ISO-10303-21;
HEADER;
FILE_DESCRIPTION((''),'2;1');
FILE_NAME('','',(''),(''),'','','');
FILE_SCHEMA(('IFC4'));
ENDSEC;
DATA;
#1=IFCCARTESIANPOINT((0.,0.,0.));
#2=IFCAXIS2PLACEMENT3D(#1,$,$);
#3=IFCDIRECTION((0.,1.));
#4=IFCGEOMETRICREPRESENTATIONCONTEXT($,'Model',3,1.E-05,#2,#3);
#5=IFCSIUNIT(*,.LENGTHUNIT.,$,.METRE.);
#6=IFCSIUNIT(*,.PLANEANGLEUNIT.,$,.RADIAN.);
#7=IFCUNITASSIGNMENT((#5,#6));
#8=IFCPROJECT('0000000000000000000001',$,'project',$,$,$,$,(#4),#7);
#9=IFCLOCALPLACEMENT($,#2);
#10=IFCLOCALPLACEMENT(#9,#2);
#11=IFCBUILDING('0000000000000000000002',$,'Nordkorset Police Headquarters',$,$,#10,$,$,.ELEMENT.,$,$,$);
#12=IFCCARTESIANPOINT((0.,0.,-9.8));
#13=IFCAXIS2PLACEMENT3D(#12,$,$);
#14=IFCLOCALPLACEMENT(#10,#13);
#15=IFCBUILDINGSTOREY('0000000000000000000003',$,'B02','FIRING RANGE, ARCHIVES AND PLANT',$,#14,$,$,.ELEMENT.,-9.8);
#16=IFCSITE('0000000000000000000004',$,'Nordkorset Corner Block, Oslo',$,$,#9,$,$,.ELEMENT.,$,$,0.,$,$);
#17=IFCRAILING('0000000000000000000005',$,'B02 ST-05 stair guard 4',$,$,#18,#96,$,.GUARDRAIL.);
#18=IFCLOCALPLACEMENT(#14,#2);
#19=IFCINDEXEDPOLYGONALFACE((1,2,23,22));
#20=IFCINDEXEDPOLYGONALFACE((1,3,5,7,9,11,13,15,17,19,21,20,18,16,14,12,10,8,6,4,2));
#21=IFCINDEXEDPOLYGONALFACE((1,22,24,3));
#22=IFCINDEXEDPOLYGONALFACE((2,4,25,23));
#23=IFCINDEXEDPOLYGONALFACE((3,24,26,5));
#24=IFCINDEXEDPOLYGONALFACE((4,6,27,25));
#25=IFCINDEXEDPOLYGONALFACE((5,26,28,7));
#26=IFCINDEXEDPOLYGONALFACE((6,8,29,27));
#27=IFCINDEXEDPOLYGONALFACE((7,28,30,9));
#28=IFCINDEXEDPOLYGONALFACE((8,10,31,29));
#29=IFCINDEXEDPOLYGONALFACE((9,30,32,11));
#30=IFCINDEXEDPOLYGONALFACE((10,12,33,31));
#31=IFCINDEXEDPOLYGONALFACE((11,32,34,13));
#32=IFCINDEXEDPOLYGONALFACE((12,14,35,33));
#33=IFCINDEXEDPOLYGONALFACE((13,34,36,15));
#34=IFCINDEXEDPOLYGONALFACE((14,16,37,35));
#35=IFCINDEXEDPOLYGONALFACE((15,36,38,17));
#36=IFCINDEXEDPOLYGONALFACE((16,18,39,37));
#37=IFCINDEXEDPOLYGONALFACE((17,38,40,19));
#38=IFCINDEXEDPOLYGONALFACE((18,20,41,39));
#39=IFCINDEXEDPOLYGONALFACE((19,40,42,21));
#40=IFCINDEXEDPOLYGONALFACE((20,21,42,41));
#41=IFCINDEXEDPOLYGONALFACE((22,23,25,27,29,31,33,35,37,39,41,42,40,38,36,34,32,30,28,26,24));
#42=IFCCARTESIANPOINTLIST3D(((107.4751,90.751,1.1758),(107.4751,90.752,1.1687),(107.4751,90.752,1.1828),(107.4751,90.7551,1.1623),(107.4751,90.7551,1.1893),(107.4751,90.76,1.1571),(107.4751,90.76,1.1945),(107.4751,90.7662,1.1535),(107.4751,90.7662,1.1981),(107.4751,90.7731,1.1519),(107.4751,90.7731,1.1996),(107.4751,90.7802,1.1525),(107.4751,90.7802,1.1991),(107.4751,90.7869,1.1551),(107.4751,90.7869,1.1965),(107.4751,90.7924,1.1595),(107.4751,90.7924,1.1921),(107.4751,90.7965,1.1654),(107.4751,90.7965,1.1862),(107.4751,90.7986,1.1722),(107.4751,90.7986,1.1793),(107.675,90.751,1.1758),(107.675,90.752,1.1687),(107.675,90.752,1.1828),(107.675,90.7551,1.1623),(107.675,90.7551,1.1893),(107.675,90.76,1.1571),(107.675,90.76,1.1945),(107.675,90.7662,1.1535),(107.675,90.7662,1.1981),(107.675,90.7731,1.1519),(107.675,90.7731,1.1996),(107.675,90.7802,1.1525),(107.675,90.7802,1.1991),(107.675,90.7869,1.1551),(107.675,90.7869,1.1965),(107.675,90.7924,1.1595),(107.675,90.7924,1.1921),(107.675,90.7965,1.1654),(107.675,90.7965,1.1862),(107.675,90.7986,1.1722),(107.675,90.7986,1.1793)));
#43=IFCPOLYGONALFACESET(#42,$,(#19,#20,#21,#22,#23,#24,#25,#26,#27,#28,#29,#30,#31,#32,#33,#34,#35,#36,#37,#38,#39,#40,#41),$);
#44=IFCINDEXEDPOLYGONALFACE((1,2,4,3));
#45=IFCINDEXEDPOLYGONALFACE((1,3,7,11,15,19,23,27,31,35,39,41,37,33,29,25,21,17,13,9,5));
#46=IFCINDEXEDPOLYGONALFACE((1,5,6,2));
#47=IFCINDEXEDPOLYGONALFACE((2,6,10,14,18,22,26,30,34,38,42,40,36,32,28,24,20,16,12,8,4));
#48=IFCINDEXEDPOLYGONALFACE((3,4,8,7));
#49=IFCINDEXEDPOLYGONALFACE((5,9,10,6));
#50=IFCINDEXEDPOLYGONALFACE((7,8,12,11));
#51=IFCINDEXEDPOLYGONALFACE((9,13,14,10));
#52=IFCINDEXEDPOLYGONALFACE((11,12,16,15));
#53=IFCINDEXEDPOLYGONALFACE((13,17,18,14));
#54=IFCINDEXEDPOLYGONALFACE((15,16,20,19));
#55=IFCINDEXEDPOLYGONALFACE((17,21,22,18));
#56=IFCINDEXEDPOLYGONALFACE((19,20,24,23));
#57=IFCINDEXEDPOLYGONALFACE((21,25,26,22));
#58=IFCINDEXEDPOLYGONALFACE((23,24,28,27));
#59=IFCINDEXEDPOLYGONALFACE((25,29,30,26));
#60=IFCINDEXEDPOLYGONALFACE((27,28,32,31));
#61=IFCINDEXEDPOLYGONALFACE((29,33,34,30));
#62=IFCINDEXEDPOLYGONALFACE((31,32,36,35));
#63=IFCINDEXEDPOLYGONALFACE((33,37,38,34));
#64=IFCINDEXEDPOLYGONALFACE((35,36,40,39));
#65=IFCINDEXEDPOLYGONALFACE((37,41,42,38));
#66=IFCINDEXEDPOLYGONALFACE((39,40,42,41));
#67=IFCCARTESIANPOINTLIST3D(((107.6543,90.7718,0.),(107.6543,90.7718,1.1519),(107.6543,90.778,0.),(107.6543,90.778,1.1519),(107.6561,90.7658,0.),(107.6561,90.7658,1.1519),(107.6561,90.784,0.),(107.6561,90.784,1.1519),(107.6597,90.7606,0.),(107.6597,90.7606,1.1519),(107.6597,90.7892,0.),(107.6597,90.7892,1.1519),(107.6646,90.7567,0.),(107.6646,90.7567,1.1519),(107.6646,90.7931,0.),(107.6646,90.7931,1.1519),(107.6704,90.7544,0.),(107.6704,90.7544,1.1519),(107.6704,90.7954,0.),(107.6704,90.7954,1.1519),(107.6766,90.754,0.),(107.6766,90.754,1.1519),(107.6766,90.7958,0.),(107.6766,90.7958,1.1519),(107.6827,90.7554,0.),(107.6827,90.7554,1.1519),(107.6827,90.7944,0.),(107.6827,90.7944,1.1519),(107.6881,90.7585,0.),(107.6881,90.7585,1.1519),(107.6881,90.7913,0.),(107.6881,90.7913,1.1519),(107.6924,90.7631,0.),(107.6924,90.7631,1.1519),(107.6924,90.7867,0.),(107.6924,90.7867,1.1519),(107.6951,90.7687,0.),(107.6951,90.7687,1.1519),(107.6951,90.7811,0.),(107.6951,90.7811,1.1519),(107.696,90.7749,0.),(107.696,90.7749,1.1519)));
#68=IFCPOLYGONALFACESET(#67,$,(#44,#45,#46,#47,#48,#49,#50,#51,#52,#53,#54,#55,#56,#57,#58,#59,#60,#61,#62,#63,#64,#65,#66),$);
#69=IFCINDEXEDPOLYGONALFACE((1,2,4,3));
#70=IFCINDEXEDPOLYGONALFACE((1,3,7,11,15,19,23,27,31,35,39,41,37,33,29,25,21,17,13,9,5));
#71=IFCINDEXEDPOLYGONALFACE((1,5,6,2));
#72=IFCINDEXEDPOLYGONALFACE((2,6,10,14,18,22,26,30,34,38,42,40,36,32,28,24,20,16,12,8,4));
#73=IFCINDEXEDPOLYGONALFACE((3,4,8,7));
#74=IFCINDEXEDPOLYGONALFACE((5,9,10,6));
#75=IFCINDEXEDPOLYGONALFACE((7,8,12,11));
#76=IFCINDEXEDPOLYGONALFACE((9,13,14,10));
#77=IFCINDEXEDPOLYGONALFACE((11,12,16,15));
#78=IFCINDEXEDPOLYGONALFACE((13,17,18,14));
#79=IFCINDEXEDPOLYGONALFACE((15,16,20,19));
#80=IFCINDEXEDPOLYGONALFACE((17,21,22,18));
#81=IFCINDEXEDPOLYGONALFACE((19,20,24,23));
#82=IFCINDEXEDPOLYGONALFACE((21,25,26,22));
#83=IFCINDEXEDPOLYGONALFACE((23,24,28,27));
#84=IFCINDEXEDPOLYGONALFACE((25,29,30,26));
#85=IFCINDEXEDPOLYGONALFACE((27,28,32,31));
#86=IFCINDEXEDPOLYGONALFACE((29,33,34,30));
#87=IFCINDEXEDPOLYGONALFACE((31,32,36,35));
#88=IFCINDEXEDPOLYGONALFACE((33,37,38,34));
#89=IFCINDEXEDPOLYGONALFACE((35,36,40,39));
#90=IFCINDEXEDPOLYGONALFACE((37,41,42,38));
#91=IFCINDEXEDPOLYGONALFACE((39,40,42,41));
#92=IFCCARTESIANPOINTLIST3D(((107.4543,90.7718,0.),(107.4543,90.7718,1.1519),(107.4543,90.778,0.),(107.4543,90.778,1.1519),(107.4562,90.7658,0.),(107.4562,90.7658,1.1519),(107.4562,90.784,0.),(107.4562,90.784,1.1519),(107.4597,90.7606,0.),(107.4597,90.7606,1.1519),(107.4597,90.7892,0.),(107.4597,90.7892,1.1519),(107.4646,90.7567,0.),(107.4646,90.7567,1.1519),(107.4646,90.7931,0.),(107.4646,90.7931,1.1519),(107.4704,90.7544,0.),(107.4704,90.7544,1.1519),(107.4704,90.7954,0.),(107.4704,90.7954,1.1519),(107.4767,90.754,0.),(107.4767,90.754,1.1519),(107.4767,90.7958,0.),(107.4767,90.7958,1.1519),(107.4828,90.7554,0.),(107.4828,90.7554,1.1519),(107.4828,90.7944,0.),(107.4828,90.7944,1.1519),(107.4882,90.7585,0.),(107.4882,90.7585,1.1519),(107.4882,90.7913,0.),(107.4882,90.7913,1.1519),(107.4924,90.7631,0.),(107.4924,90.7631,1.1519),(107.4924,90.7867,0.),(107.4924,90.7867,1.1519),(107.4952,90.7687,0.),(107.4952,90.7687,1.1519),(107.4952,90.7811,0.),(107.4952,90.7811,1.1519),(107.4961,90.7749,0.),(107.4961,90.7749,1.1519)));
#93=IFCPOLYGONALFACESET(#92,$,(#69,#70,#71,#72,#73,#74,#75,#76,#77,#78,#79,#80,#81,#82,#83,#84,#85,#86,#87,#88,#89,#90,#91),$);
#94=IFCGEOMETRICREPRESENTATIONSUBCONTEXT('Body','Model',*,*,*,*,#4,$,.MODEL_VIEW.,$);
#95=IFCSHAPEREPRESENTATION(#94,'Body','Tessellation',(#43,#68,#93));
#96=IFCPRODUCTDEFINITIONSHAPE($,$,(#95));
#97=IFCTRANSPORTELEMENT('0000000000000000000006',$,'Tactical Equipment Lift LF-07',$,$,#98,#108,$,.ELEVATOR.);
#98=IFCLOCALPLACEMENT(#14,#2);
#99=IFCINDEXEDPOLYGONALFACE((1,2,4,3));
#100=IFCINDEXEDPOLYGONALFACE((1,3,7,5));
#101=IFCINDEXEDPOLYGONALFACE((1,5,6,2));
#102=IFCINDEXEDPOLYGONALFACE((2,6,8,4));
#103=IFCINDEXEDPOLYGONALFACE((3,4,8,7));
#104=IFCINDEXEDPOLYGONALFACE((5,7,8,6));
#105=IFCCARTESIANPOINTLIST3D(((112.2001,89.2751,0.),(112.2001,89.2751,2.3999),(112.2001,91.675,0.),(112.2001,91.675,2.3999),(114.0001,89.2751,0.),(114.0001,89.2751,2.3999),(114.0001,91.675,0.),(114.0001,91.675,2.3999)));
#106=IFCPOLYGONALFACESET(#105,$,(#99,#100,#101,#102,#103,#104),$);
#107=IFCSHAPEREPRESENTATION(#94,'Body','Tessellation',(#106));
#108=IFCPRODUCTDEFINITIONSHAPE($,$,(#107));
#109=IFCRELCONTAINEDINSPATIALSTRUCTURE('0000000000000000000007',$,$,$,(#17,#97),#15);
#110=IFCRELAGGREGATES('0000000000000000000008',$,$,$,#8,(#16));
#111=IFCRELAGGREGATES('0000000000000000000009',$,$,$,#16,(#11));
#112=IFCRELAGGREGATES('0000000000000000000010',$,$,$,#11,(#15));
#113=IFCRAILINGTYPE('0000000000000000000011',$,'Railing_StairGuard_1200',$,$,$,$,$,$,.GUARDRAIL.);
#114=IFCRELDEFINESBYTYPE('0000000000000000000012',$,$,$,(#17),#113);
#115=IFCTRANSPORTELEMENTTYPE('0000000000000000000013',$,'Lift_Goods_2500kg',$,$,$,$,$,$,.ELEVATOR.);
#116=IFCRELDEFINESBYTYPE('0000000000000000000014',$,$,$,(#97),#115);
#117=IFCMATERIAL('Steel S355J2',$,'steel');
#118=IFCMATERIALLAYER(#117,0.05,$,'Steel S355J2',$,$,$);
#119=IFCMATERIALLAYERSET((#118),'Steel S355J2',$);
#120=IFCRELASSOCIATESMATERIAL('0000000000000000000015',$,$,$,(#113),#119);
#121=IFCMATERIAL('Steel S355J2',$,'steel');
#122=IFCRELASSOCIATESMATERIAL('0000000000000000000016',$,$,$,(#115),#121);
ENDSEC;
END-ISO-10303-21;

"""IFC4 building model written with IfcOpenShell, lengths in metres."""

from ifc_helpers import new_model, si_unit, direction, frame, origin, origin_2d, place, context, subcontext, project, spatial, rectangle, circle, extrude, material, layer, layer_set, type_object, element, save


model = new_model("IFC4")

# Units and contexts
model_context = context("Model", 3, precision=1e-05, world=origin(), true_north=direction((0.0, 1.0)))
body_context = subcontext(model_context, "Body", "Model", "MODEL_VIEW")
ifc_project = project(units=[si_unit("LENGTHUNIT", "METRE"), si_unit("PLANEANGLEUNIT", "RADIAN")], contexts=[model_context])

# Site, building, storey
site_placement = place(None, origin())
site = spatial("IfcSite", under=ifc_project, at=site_placement, Name="Nordkorset Corner Block, Oslo", CompositionType="ELEMENT", RefElevation=0.0)
building_placement = place(site_placement, origin())
building = spatial("IfcBuilding", under=site, at=building_placement, Name="Nordkorset Police Headquarters", CompositionType="ELEMENT")
storey_placement = place(building_placement, frame((0.0, 0.0, -9.8)))
storey = spatial("IfcBuildingStorey", under=building, at=storey_placement, Name="B02", Description="FIRING RANGE, ARCHIVES AND PLANT", CompositionType="ELEMENT", Elevation=-9.8)

# Railing
ifc_material_1 = material(Name="Steel S355J2", Category="steel")
ifc_layer_1 = layer(ifc_material_1, 0.05, Name="Steel S355J2")
ifc_layer_set_1 = layer_set([ifc_layer_1], Name="Steel S355J2")
railing_type = type_object("IfcRailingType", Name="Railing_StairGuard_1200", PredefinedType="GUARDRAIL", material=ifc_layer_set_1)
railing_1_placement = place(storey_placement, frame((107.675, 90.7749, 0.0)))
element("IfcRailing", 1, at=railing_1_placement, inside=storey, type_object=railing_type, Name="B02 ST-05 stair guard 4", PredefinedType="GUARDRAIL", context=body_context, shape_type="SweptSolid", body=[
    extrude(circle(Radius=0.0239, at=origin_2d()), frame((0.0, 0.0, 1.1758), z_axis=(-1.0, 0.0, 0.0), x_axis=(0.0, -1.0, 0.0)), (0.0, 0.0, 1.0), 0.2),
    extrude(circle(Radius=0.021, at=origin_2d()), origin(), (0.0, 0.0, 1.0), 1.1519),
    extrude(circle(Radius=0.021, at=origin_2d()), frame((-0.2, 0.0, 0.0)), (0.0, 0.0, 1.0), 1.1519),
])

# Transport element
ifc_material_2 = material(Name="Steel S355J2", Category="steel")
transport_element_type = type_object("IfcTransportElementType", Name="Lift_Goods_2500kg", PredefinedType="ELEVATOR", material=ifc_material_2)
transport_element_placement = place(storey_placement, frame((113.1001, 90.4751, 0.0), z_axis=(0.0, 0.0, 1.0), x_axis=(1.0, 0.0, 0.0)))
element("IfcTransportElement", 2, at=transport_element_placement, inside=storey, type_object=transport_element_type, Name="Tactical Equipment Lift LF-07", PredefinedType="ELEVATOR", context=body_context, shape_type="SweptSolid", body=[
    extrude(rectangle(XDim=1.8, YDim=2.3999, at=origin_2d()), origin(), (0.0, 0.0, 1.0), 2.3999),
])

save(model, "model.ifc")
